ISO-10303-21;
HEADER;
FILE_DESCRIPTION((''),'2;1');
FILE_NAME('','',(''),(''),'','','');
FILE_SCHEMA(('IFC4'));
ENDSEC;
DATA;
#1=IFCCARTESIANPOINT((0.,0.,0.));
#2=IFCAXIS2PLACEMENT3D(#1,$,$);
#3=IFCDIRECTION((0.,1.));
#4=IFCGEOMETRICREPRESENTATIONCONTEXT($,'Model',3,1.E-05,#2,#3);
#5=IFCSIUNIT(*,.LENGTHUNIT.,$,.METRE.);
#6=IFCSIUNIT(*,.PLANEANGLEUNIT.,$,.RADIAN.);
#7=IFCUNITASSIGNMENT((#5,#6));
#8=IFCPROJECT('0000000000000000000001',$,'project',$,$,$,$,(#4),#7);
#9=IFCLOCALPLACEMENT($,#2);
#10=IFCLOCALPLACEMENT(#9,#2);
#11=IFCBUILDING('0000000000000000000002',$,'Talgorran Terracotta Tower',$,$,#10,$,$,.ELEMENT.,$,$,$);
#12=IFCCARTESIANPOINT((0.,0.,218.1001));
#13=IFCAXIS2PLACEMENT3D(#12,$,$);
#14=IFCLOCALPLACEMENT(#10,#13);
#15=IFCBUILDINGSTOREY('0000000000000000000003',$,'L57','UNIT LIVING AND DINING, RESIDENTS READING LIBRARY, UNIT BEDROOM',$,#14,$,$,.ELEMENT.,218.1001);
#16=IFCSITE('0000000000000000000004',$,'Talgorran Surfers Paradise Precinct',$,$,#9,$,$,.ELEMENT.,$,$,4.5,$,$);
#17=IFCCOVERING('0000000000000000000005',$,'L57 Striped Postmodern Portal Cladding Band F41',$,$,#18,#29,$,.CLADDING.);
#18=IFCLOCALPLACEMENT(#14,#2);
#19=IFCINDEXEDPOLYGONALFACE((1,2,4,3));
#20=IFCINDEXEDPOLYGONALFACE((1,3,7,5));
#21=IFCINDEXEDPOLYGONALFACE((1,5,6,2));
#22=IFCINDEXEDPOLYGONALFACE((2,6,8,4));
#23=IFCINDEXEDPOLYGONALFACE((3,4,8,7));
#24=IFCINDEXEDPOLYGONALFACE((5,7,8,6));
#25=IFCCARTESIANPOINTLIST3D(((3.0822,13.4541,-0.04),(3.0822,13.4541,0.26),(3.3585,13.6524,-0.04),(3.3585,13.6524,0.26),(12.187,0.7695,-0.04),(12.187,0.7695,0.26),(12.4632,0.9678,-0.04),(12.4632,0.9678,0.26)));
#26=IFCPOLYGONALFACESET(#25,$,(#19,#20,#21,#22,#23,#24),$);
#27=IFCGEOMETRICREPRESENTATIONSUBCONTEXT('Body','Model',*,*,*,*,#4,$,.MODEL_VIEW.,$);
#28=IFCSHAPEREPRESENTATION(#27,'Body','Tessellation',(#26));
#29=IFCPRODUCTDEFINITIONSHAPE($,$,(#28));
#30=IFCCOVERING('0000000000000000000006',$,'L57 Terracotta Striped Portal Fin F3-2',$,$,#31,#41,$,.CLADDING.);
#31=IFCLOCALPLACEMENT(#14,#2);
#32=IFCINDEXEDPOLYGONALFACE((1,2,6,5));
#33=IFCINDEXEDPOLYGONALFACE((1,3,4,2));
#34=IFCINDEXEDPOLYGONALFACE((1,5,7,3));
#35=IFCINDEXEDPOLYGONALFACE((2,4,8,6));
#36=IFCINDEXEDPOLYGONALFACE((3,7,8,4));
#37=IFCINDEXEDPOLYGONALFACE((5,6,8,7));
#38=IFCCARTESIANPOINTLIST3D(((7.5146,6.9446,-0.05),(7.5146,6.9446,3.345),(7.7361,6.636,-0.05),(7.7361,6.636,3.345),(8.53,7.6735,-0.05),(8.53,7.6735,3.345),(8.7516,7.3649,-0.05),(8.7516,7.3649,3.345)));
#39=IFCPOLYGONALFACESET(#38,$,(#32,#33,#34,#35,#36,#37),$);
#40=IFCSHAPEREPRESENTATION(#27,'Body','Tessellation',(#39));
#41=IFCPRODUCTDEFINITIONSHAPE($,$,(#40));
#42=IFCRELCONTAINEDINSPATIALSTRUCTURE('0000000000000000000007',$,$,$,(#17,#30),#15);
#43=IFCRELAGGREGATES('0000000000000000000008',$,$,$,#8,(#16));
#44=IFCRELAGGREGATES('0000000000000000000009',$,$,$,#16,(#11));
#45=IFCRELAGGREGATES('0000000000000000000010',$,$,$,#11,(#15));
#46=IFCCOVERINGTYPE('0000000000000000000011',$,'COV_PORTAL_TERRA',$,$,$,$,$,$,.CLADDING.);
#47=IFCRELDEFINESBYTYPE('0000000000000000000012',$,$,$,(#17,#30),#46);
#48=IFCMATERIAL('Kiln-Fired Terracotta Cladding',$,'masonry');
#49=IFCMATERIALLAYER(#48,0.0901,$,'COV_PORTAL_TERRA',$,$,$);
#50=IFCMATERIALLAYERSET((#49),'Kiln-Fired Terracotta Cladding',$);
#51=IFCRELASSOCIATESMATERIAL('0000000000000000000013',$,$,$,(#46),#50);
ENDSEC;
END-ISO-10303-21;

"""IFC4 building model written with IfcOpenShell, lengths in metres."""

from ifc_helpers import new_model, si_unit, direction, frame, origin, origin_2d, place, context, subcontext, project, spatial, rectangle, extrude, material, layer, layer_set, type_object, element, save


model = new_model("IFC4")

# Units and contexts
model_context = context("Model", 3, precision=1e-05, world=origin(), true_north=direction((0.0, 1.0)))
body_context = subcontext(model_context, "Body", "Model", "MODEL_VIEW")
ifc_project = project(units=[si_unit("LENGTHUNIT", "METRE"), si_unit("PLANEANGLEUNIT", "RADIAN")], contexts=[model_context])

# Site, building, storey
site_placement = place(None, origin())
site = spatial("IfcSite", under=ifc_project, at=site_placement, Name="Talgorran Surfers Paradise Precinct", CompositionType="ELEMENT", RefElevation=4.5)
building_placement = place(site_placement, origin())
building = spatial("IfcBuilding", under=site, at=building_placement, Name="Talgorran Terracotta Tower", CompositionType="ELEMENT")
storey_placement = place(building_placement, frame((0.0, 0.0, 218.1001)))
storey = spatial("IfcBuildingStorey", under=building, at=storey_placement, Name="L57", Description="UNIT LIVING AND DINING, RESIDENTS READING LIBRARY, UNIT BEDROOM", CompositionType="ELEMENT", Elevation=218.1001)

# Coverings
ifc_material_1 = material(Name="Kiln-Fired Terracotta Cladding", Category="masonry")
ifc_layer_1 = layer(ifc_material_1, 0.0901, Name="COV_PORTAL_TERRA")
ifc_layer_set_1 = layer_set([ifc_layer_1], Name="Kiln-Fired Terracotta Cladding")
covering_type_1 = type_object("IfcCoveringType", Name="COV_PORTAL_TERRA", PredefinedType="CLADDING", material=ifc_layer_set_1)
covering_1_placement = place(storey_placement, frame((7.7727, 7.2109, -0.04), z_axis=(0.0, 0.0, 1.0), x_axis=(-0.583116, 0.812389, 0.0)))
element("IfcCovering", 1, at=covering_1_placement, inside=storey, type_object=covering_type_1, Name="L57 Striped Postmodern Portal Cladding Band F41", PredefinedType="CLADDING", context=body_context, shape_type="SweptSolid", body=[
    extrude(rectangle(XDim=15.614, YDim=0.3401, at=origin_2d()), origin(), (0.0, 0.0, 1.0), 0.3),
])
covering_2_placement = place(storey_placement, frame((8.1331, 7.1548, -0.05), z_axis=(0.0, 0.0, 1.0), x_axis=(-0.583116, 0.812389, 0.0)))
element("IfcCovering", 2, at=covering_2_placement, inside=storey, type_object=covering_type_1, Name="L57 Terracotta Striped Portal Fin F3-2", PredefinedType="CLADDING", context=body_context, shape_type="SweptSolid", body=[
    extrude(rectangle(XDim=0.3799, YDim=1.25, at=origin_2d()), origin(), (0.0, 0.0, 1.0), 3.395),
])

save(model, "model.ifc")
